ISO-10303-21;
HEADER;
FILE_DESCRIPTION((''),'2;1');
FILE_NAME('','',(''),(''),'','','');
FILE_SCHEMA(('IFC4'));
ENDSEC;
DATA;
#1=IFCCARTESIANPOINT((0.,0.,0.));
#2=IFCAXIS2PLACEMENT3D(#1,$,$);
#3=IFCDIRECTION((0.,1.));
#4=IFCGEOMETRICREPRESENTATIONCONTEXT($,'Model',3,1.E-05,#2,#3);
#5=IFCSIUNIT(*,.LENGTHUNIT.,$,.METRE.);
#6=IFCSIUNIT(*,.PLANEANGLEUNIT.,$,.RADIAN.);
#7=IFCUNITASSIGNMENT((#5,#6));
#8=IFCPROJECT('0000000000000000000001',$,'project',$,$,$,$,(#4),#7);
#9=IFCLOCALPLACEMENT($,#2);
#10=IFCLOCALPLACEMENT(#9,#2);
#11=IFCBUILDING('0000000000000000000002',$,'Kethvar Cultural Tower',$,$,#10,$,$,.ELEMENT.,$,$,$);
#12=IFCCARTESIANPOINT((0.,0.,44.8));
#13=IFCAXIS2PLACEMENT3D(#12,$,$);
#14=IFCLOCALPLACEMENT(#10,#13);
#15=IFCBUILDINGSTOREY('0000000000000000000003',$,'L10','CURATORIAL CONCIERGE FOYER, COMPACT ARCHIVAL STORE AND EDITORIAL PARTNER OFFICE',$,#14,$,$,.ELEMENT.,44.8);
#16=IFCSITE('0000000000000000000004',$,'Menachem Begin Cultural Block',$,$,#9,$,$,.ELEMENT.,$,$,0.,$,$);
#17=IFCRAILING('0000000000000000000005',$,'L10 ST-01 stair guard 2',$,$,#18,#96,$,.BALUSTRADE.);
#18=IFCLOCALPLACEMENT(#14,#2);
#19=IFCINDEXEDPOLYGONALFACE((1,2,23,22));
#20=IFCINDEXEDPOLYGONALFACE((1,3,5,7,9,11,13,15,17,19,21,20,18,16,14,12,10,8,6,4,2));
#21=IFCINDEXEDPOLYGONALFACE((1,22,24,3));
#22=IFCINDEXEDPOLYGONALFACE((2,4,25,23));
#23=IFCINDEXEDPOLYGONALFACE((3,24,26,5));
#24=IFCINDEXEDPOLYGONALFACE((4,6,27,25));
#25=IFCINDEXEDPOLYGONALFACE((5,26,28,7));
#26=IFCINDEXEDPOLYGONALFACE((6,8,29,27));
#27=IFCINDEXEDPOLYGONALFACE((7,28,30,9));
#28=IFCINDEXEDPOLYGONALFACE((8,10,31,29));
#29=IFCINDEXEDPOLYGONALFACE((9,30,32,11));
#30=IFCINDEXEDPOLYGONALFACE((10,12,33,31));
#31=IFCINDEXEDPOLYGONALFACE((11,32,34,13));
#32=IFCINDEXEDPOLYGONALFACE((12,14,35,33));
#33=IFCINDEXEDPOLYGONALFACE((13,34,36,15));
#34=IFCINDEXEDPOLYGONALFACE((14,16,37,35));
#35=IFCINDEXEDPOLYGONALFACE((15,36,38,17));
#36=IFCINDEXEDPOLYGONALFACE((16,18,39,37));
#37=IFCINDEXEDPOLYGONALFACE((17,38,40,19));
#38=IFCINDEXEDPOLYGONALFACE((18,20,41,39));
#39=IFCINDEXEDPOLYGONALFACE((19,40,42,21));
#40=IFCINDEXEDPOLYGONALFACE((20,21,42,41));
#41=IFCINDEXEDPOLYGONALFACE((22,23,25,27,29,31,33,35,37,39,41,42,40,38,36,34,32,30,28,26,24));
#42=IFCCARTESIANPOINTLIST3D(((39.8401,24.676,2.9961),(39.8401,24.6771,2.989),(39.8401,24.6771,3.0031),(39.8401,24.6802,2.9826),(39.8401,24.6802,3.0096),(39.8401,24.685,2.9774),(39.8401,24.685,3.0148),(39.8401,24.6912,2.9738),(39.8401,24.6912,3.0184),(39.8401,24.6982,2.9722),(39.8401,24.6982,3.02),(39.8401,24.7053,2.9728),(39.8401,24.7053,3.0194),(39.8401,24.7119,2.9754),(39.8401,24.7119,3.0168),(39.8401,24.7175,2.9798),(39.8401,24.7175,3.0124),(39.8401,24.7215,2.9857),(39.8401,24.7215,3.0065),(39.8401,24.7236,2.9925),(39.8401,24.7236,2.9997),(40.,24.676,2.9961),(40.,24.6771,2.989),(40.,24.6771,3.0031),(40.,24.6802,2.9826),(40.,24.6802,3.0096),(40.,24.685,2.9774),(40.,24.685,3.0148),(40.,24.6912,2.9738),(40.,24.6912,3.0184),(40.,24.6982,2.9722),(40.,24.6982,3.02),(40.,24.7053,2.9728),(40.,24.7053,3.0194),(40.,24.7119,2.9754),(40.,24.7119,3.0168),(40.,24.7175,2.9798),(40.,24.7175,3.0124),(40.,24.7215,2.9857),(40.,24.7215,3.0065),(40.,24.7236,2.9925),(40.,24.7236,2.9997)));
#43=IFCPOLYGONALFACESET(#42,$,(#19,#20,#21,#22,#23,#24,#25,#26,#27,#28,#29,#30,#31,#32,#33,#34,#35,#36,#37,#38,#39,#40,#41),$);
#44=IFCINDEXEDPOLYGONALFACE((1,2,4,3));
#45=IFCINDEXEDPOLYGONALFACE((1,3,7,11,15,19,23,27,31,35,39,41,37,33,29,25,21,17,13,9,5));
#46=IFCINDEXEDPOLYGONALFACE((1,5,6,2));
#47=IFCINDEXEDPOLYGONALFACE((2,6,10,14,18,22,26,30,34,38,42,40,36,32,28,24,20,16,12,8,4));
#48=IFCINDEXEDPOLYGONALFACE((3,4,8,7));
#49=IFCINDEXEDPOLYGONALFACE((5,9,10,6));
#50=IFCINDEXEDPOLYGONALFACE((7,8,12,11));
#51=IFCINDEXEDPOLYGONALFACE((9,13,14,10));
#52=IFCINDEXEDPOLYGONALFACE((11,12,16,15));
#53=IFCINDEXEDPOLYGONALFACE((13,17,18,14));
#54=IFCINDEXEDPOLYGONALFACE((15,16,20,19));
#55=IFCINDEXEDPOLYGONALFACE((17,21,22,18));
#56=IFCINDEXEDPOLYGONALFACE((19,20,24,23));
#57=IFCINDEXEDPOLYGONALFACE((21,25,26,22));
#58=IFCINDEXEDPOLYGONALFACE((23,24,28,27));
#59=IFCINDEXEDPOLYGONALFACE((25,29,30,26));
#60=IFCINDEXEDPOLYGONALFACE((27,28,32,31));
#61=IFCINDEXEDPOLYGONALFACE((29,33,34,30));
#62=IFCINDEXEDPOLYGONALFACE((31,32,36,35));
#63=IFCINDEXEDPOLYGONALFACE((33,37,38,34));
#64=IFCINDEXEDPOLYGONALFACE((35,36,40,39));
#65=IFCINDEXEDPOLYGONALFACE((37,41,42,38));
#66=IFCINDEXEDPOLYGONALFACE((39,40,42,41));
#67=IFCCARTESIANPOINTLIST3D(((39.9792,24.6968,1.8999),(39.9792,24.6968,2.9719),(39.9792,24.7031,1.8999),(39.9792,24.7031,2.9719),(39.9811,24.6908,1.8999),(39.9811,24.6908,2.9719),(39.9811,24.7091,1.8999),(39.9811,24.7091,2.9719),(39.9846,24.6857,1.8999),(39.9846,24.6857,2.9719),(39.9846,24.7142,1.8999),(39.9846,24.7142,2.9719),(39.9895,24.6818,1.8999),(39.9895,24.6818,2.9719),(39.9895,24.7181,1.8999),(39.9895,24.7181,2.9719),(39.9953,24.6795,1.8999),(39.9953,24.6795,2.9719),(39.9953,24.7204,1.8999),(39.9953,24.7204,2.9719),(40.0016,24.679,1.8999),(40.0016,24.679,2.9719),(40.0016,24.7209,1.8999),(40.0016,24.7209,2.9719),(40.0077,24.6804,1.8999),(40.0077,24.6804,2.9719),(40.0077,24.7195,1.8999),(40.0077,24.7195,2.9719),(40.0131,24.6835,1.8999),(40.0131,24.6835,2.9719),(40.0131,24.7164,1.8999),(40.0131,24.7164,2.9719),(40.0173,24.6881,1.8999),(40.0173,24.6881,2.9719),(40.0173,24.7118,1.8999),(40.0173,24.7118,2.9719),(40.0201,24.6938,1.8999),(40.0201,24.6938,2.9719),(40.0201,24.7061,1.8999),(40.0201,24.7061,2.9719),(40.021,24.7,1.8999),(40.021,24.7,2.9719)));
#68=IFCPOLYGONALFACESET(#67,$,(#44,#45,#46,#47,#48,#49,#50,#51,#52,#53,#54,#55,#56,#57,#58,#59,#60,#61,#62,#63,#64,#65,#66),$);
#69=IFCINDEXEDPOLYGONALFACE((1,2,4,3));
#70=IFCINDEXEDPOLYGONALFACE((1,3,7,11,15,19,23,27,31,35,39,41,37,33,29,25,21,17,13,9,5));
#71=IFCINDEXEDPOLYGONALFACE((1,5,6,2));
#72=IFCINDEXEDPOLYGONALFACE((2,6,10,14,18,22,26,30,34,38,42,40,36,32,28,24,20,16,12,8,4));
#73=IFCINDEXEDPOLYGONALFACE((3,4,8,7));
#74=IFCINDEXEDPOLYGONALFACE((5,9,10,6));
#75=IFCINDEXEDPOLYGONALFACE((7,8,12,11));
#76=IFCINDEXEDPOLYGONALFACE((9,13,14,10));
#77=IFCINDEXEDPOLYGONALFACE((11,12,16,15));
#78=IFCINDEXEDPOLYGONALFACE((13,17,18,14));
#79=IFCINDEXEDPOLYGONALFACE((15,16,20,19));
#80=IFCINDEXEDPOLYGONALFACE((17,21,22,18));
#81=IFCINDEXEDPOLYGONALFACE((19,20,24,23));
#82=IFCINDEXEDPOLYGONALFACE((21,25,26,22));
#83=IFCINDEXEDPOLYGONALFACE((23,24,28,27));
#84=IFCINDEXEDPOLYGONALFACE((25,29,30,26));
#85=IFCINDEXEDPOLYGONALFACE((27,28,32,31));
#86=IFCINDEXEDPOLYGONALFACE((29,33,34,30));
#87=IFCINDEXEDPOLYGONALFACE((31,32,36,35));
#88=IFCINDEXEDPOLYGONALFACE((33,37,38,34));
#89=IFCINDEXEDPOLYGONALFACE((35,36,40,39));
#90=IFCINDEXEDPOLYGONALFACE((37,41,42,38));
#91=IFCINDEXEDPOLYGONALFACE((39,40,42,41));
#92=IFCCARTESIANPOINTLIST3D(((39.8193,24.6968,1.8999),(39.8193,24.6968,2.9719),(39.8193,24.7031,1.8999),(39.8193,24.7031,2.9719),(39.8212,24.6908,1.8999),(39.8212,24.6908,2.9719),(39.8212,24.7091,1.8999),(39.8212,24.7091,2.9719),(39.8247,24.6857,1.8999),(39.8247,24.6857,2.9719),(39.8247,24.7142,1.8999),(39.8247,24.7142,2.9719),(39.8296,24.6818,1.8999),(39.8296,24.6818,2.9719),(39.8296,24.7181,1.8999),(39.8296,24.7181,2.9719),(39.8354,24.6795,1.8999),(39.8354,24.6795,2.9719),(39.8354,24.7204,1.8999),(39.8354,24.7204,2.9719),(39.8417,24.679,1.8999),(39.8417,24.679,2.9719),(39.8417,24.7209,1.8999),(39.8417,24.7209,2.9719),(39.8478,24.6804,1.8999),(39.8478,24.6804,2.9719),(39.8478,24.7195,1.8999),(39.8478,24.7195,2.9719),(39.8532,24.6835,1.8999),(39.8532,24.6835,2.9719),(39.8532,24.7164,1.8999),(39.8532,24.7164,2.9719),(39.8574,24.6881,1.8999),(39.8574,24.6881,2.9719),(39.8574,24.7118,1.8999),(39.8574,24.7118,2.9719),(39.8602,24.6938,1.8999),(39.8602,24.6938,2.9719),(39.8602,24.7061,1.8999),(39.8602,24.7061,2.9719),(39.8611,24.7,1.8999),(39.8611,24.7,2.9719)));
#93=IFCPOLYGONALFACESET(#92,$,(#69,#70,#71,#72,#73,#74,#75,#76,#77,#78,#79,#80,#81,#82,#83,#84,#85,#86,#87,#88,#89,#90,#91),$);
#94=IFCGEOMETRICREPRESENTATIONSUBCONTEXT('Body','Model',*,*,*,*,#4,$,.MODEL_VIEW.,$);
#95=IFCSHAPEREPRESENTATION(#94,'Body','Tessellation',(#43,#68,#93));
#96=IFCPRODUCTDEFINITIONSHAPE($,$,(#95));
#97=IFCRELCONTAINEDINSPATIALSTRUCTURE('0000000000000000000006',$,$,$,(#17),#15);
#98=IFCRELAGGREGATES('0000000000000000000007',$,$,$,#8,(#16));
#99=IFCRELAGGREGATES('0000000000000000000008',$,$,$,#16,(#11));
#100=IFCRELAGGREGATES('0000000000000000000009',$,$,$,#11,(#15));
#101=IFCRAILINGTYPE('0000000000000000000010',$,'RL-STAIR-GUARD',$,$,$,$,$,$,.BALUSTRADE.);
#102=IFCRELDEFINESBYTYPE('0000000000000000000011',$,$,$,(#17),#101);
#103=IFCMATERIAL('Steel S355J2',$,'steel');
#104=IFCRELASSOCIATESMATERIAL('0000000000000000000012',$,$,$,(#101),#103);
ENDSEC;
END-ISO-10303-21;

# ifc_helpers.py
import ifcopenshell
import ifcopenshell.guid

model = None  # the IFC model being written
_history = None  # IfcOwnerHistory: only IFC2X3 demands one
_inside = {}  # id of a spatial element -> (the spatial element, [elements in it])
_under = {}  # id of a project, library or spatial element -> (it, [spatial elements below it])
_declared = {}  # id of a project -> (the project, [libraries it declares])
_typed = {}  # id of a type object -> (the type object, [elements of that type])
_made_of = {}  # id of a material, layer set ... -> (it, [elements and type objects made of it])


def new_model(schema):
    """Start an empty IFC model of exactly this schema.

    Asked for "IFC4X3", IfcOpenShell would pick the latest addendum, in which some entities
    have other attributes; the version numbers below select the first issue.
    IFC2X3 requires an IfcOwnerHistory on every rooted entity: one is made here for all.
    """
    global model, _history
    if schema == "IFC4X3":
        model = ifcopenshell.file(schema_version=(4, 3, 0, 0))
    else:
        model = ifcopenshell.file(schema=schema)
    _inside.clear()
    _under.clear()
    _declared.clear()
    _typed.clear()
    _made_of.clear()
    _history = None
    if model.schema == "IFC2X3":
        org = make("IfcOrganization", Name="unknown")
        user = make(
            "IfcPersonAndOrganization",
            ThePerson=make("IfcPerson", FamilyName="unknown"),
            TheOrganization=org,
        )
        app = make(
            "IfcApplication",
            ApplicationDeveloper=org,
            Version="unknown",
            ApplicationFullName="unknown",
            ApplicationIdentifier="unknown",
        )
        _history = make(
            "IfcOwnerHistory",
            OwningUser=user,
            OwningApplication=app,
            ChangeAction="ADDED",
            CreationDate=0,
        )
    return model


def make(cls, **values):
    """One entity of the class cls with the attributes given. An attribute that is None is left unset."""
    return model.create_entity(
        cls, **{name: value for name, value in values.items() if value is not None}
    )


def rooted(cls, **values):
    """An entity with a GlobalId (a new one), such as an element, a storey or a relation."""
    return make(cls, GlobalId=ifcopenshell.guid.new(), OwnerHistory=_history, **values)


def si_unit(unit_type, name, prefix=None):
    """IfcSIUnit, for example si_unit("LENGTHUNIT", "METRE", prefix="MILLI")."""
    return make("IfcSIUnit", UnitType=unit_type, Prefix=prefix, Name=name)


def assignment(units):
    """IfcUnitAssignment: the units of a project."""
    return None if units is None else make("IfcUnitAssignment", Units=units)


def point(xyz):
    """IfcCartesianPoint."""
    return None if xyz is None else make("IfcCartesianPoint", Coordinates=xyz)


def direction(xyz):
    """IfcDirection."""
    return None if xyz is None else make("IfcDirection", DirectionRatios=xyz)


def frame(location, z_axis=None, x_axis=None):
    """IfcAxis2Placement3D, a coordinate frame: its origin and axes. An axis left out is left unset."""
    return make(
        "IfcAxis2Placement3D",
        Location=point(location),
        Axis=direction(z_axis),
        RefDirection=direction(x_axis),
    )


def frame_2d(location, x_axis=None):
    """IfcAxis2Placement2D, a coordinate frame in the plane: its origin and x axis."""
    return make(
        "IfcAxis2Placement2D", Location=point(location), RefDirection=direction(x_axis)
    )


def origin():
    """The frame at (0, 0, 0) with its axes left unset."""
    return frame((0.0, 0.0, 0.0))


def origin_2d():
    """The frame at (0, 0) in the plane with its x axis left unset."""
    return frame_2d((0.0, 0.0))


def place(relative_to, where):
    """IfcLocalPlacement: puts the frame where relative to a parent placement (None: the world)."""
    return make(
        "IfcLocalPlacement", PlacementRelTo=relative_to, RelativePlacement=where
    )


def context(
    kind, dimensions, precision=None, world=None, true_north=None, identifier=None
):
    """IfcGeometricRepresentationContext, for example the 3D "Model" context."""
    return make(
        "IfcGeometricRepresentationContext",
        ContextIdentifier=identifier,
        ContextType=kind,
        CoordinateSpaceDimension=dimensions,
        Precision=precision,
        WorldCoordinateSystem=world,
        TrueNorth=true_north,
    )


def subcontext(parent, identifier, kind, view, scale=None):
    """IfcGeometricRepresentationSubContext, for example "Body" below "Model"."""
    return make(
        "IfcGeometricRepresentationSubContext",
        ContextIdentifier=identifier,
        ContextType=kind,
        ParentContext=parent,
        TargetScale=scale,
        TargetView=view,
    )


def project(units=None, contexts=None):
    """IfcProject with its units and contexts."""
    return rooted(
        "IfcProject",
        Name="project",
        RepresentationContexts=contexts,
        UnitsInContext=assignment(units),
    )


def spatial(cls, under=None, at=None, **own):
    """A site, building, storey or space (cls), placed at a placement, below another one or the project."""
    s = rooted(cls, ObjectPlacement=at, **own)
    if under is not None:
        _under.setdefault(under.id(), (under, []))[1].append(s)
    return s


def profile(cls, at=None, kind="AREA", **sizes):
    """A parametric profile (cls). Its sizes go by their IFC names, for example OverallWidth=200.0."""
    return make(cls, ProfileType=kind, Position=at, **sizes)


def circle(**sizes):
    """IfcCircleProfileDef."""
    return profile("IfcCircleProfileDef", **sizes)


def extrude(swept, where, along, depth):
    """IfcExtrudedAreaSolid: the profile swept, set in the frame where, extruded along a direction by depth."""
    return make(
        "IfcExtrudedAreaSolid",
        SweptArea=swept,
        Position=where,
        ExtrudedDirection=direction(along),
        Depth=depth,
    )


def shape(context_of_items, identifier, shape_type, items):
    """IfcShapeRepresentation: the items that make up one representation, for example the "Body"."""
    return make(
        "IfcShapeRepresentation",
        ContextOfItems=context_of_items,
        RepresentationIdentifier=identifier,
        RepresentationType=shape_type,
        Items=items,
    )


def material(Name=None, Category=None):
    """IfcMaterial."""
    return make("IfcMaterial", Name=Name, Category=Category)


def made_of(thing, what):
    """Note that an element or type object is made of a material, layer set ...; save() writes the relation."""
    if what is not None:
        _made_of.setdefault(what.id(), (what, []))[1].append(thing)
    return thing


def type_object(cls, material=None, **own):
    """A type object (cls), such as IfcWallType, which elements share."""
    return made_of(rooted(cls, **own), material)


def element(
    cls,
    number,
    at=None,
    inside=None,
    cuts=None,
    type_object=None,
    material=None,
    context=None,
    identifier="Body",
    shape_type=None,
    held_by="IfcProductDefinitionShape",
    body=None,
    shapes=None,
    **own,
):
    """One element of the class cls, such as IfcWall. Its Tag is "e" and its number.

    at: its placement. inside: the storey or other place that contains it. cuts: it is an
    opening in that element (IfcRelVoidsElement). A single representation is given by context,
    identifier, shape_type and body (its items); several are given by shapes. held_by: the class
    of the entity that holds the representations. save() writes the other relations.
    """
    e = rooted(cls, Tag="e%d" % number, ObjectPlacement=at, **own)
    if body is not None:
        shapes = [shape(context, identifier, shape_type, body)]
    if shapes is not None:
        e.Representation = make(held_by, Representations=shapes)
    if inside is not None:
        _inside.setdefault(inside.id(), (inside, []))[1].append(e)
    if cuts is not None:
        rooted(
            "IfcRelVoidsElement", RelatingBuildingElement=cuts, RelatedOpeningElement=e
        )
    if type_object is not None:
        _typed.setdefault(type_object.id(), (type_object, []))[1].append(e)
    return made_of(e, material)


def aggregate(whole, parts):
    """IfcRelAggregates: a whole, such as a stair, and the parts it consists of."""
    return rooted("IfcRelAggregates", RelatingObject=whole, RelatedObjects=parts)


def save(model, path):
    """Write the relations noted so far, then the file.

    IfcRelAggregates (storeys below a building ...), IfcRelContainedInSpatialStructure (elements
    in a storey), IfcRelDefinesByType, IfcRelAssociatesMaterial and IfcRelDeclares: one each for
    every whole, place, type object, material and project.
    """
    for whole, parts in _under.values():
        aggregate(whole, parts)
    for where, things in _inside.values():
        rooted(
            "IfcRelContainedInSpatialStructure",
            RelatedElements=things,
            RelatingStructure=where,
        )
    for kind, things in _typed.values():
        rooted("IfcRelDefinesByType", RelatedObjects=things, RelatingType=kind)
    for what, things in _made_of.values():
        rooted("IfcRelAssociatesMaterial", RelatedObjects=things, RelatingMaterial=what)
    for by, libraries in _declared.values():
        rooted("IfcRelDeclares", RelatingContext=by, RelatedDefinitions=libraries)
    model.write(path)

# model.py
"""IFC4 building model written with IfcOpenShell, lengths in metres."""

from ifc_helpers import new_model, si_unit, direction, frame, origin, origin_2d, place, context, subcontext, project, spatial, circle, extrude, material, type_object, element, save


model = new_model("IFC4")

# Units and contexts
model_context = context("Model", 3, precision=1e-05, world=origin(), true_north=direction((0.0, 1.0)))
body_context = subcontext(model_context, "Body", "Model", "MODEL_VIEW")
ifc_project = project(units=[si_unit("LENGTHUNIT", "METRE"), si_unit("PLANEANGLEUNIT", "RADIAN")], contexts=[model_context])

# Site, building, storey
site_placement = place(None, origin())
site = spatial("IfcSite", under=ifc_project, at=site_placement, Name="Menachem Begin Cultural Block", CompositionType="ELEMENT", RefElevation=0.0)
building_placement = place(site_placement, origin())
building = spatial("IfcBuilding", under=site, at=building_placement, Name="Kethvar Cultural Tower", CompositionType="ELEMENT")
storey_placement = place(building_placement, frame((0.0, 0.0, 44.8)))
storey = spatial("IfcBuildingStorey", under=building, at=storey_placement, Name="L10", Description="CURATORIAL CONCIERGE FOYER, COMPACT ARCHIVAL STORE AND EDITORIAL PARTNER OFFICE", CompositionType="ELEMENT", Elevation=44.8)

# Shared definitions
ifc_material_1 = material(Name="Steel S355J2", Category="steel")

# Railing
railing_type_1 = type_object("IfcRailingType", Name="RL-STAIR-GUARD", PredefinedType="BALUSTRADE", material=ifc_material_1)
railing_1_placement = place(storey_placement, frame((40.0, 24.7, 1.8999)))
element("IfcRailing", 1, at=railing_1_placement, inside=storey, type_object=railing_type_1, Name="L10 ST-01 stair guard 2", PredefinedType="BALUSTRADE", context=body_context, shape_type="SweptSolid", body=[
    extrude(circle(Radius=0.0239, at=origin_2d()), frame((0.0, 0.0, 1.0962), z_axis=(-1.0, 0.0, 0.0), x_axis=(0.0, -1.0, 0.0)), (0.0, 0.0, 1.0), 0.1599),
    extrude(circle(Radius=0.021, at=origin_2d()), origin(), (0.0, 0.0, 1.0), 1.072),
    extrude(circle(Radius=0.021, at=origin_2d()), frame((-0.1599, 0.0, 0.0)), (0.0, 0.0, 1.0), 1.072),
])

save(model, "model.ifc")
